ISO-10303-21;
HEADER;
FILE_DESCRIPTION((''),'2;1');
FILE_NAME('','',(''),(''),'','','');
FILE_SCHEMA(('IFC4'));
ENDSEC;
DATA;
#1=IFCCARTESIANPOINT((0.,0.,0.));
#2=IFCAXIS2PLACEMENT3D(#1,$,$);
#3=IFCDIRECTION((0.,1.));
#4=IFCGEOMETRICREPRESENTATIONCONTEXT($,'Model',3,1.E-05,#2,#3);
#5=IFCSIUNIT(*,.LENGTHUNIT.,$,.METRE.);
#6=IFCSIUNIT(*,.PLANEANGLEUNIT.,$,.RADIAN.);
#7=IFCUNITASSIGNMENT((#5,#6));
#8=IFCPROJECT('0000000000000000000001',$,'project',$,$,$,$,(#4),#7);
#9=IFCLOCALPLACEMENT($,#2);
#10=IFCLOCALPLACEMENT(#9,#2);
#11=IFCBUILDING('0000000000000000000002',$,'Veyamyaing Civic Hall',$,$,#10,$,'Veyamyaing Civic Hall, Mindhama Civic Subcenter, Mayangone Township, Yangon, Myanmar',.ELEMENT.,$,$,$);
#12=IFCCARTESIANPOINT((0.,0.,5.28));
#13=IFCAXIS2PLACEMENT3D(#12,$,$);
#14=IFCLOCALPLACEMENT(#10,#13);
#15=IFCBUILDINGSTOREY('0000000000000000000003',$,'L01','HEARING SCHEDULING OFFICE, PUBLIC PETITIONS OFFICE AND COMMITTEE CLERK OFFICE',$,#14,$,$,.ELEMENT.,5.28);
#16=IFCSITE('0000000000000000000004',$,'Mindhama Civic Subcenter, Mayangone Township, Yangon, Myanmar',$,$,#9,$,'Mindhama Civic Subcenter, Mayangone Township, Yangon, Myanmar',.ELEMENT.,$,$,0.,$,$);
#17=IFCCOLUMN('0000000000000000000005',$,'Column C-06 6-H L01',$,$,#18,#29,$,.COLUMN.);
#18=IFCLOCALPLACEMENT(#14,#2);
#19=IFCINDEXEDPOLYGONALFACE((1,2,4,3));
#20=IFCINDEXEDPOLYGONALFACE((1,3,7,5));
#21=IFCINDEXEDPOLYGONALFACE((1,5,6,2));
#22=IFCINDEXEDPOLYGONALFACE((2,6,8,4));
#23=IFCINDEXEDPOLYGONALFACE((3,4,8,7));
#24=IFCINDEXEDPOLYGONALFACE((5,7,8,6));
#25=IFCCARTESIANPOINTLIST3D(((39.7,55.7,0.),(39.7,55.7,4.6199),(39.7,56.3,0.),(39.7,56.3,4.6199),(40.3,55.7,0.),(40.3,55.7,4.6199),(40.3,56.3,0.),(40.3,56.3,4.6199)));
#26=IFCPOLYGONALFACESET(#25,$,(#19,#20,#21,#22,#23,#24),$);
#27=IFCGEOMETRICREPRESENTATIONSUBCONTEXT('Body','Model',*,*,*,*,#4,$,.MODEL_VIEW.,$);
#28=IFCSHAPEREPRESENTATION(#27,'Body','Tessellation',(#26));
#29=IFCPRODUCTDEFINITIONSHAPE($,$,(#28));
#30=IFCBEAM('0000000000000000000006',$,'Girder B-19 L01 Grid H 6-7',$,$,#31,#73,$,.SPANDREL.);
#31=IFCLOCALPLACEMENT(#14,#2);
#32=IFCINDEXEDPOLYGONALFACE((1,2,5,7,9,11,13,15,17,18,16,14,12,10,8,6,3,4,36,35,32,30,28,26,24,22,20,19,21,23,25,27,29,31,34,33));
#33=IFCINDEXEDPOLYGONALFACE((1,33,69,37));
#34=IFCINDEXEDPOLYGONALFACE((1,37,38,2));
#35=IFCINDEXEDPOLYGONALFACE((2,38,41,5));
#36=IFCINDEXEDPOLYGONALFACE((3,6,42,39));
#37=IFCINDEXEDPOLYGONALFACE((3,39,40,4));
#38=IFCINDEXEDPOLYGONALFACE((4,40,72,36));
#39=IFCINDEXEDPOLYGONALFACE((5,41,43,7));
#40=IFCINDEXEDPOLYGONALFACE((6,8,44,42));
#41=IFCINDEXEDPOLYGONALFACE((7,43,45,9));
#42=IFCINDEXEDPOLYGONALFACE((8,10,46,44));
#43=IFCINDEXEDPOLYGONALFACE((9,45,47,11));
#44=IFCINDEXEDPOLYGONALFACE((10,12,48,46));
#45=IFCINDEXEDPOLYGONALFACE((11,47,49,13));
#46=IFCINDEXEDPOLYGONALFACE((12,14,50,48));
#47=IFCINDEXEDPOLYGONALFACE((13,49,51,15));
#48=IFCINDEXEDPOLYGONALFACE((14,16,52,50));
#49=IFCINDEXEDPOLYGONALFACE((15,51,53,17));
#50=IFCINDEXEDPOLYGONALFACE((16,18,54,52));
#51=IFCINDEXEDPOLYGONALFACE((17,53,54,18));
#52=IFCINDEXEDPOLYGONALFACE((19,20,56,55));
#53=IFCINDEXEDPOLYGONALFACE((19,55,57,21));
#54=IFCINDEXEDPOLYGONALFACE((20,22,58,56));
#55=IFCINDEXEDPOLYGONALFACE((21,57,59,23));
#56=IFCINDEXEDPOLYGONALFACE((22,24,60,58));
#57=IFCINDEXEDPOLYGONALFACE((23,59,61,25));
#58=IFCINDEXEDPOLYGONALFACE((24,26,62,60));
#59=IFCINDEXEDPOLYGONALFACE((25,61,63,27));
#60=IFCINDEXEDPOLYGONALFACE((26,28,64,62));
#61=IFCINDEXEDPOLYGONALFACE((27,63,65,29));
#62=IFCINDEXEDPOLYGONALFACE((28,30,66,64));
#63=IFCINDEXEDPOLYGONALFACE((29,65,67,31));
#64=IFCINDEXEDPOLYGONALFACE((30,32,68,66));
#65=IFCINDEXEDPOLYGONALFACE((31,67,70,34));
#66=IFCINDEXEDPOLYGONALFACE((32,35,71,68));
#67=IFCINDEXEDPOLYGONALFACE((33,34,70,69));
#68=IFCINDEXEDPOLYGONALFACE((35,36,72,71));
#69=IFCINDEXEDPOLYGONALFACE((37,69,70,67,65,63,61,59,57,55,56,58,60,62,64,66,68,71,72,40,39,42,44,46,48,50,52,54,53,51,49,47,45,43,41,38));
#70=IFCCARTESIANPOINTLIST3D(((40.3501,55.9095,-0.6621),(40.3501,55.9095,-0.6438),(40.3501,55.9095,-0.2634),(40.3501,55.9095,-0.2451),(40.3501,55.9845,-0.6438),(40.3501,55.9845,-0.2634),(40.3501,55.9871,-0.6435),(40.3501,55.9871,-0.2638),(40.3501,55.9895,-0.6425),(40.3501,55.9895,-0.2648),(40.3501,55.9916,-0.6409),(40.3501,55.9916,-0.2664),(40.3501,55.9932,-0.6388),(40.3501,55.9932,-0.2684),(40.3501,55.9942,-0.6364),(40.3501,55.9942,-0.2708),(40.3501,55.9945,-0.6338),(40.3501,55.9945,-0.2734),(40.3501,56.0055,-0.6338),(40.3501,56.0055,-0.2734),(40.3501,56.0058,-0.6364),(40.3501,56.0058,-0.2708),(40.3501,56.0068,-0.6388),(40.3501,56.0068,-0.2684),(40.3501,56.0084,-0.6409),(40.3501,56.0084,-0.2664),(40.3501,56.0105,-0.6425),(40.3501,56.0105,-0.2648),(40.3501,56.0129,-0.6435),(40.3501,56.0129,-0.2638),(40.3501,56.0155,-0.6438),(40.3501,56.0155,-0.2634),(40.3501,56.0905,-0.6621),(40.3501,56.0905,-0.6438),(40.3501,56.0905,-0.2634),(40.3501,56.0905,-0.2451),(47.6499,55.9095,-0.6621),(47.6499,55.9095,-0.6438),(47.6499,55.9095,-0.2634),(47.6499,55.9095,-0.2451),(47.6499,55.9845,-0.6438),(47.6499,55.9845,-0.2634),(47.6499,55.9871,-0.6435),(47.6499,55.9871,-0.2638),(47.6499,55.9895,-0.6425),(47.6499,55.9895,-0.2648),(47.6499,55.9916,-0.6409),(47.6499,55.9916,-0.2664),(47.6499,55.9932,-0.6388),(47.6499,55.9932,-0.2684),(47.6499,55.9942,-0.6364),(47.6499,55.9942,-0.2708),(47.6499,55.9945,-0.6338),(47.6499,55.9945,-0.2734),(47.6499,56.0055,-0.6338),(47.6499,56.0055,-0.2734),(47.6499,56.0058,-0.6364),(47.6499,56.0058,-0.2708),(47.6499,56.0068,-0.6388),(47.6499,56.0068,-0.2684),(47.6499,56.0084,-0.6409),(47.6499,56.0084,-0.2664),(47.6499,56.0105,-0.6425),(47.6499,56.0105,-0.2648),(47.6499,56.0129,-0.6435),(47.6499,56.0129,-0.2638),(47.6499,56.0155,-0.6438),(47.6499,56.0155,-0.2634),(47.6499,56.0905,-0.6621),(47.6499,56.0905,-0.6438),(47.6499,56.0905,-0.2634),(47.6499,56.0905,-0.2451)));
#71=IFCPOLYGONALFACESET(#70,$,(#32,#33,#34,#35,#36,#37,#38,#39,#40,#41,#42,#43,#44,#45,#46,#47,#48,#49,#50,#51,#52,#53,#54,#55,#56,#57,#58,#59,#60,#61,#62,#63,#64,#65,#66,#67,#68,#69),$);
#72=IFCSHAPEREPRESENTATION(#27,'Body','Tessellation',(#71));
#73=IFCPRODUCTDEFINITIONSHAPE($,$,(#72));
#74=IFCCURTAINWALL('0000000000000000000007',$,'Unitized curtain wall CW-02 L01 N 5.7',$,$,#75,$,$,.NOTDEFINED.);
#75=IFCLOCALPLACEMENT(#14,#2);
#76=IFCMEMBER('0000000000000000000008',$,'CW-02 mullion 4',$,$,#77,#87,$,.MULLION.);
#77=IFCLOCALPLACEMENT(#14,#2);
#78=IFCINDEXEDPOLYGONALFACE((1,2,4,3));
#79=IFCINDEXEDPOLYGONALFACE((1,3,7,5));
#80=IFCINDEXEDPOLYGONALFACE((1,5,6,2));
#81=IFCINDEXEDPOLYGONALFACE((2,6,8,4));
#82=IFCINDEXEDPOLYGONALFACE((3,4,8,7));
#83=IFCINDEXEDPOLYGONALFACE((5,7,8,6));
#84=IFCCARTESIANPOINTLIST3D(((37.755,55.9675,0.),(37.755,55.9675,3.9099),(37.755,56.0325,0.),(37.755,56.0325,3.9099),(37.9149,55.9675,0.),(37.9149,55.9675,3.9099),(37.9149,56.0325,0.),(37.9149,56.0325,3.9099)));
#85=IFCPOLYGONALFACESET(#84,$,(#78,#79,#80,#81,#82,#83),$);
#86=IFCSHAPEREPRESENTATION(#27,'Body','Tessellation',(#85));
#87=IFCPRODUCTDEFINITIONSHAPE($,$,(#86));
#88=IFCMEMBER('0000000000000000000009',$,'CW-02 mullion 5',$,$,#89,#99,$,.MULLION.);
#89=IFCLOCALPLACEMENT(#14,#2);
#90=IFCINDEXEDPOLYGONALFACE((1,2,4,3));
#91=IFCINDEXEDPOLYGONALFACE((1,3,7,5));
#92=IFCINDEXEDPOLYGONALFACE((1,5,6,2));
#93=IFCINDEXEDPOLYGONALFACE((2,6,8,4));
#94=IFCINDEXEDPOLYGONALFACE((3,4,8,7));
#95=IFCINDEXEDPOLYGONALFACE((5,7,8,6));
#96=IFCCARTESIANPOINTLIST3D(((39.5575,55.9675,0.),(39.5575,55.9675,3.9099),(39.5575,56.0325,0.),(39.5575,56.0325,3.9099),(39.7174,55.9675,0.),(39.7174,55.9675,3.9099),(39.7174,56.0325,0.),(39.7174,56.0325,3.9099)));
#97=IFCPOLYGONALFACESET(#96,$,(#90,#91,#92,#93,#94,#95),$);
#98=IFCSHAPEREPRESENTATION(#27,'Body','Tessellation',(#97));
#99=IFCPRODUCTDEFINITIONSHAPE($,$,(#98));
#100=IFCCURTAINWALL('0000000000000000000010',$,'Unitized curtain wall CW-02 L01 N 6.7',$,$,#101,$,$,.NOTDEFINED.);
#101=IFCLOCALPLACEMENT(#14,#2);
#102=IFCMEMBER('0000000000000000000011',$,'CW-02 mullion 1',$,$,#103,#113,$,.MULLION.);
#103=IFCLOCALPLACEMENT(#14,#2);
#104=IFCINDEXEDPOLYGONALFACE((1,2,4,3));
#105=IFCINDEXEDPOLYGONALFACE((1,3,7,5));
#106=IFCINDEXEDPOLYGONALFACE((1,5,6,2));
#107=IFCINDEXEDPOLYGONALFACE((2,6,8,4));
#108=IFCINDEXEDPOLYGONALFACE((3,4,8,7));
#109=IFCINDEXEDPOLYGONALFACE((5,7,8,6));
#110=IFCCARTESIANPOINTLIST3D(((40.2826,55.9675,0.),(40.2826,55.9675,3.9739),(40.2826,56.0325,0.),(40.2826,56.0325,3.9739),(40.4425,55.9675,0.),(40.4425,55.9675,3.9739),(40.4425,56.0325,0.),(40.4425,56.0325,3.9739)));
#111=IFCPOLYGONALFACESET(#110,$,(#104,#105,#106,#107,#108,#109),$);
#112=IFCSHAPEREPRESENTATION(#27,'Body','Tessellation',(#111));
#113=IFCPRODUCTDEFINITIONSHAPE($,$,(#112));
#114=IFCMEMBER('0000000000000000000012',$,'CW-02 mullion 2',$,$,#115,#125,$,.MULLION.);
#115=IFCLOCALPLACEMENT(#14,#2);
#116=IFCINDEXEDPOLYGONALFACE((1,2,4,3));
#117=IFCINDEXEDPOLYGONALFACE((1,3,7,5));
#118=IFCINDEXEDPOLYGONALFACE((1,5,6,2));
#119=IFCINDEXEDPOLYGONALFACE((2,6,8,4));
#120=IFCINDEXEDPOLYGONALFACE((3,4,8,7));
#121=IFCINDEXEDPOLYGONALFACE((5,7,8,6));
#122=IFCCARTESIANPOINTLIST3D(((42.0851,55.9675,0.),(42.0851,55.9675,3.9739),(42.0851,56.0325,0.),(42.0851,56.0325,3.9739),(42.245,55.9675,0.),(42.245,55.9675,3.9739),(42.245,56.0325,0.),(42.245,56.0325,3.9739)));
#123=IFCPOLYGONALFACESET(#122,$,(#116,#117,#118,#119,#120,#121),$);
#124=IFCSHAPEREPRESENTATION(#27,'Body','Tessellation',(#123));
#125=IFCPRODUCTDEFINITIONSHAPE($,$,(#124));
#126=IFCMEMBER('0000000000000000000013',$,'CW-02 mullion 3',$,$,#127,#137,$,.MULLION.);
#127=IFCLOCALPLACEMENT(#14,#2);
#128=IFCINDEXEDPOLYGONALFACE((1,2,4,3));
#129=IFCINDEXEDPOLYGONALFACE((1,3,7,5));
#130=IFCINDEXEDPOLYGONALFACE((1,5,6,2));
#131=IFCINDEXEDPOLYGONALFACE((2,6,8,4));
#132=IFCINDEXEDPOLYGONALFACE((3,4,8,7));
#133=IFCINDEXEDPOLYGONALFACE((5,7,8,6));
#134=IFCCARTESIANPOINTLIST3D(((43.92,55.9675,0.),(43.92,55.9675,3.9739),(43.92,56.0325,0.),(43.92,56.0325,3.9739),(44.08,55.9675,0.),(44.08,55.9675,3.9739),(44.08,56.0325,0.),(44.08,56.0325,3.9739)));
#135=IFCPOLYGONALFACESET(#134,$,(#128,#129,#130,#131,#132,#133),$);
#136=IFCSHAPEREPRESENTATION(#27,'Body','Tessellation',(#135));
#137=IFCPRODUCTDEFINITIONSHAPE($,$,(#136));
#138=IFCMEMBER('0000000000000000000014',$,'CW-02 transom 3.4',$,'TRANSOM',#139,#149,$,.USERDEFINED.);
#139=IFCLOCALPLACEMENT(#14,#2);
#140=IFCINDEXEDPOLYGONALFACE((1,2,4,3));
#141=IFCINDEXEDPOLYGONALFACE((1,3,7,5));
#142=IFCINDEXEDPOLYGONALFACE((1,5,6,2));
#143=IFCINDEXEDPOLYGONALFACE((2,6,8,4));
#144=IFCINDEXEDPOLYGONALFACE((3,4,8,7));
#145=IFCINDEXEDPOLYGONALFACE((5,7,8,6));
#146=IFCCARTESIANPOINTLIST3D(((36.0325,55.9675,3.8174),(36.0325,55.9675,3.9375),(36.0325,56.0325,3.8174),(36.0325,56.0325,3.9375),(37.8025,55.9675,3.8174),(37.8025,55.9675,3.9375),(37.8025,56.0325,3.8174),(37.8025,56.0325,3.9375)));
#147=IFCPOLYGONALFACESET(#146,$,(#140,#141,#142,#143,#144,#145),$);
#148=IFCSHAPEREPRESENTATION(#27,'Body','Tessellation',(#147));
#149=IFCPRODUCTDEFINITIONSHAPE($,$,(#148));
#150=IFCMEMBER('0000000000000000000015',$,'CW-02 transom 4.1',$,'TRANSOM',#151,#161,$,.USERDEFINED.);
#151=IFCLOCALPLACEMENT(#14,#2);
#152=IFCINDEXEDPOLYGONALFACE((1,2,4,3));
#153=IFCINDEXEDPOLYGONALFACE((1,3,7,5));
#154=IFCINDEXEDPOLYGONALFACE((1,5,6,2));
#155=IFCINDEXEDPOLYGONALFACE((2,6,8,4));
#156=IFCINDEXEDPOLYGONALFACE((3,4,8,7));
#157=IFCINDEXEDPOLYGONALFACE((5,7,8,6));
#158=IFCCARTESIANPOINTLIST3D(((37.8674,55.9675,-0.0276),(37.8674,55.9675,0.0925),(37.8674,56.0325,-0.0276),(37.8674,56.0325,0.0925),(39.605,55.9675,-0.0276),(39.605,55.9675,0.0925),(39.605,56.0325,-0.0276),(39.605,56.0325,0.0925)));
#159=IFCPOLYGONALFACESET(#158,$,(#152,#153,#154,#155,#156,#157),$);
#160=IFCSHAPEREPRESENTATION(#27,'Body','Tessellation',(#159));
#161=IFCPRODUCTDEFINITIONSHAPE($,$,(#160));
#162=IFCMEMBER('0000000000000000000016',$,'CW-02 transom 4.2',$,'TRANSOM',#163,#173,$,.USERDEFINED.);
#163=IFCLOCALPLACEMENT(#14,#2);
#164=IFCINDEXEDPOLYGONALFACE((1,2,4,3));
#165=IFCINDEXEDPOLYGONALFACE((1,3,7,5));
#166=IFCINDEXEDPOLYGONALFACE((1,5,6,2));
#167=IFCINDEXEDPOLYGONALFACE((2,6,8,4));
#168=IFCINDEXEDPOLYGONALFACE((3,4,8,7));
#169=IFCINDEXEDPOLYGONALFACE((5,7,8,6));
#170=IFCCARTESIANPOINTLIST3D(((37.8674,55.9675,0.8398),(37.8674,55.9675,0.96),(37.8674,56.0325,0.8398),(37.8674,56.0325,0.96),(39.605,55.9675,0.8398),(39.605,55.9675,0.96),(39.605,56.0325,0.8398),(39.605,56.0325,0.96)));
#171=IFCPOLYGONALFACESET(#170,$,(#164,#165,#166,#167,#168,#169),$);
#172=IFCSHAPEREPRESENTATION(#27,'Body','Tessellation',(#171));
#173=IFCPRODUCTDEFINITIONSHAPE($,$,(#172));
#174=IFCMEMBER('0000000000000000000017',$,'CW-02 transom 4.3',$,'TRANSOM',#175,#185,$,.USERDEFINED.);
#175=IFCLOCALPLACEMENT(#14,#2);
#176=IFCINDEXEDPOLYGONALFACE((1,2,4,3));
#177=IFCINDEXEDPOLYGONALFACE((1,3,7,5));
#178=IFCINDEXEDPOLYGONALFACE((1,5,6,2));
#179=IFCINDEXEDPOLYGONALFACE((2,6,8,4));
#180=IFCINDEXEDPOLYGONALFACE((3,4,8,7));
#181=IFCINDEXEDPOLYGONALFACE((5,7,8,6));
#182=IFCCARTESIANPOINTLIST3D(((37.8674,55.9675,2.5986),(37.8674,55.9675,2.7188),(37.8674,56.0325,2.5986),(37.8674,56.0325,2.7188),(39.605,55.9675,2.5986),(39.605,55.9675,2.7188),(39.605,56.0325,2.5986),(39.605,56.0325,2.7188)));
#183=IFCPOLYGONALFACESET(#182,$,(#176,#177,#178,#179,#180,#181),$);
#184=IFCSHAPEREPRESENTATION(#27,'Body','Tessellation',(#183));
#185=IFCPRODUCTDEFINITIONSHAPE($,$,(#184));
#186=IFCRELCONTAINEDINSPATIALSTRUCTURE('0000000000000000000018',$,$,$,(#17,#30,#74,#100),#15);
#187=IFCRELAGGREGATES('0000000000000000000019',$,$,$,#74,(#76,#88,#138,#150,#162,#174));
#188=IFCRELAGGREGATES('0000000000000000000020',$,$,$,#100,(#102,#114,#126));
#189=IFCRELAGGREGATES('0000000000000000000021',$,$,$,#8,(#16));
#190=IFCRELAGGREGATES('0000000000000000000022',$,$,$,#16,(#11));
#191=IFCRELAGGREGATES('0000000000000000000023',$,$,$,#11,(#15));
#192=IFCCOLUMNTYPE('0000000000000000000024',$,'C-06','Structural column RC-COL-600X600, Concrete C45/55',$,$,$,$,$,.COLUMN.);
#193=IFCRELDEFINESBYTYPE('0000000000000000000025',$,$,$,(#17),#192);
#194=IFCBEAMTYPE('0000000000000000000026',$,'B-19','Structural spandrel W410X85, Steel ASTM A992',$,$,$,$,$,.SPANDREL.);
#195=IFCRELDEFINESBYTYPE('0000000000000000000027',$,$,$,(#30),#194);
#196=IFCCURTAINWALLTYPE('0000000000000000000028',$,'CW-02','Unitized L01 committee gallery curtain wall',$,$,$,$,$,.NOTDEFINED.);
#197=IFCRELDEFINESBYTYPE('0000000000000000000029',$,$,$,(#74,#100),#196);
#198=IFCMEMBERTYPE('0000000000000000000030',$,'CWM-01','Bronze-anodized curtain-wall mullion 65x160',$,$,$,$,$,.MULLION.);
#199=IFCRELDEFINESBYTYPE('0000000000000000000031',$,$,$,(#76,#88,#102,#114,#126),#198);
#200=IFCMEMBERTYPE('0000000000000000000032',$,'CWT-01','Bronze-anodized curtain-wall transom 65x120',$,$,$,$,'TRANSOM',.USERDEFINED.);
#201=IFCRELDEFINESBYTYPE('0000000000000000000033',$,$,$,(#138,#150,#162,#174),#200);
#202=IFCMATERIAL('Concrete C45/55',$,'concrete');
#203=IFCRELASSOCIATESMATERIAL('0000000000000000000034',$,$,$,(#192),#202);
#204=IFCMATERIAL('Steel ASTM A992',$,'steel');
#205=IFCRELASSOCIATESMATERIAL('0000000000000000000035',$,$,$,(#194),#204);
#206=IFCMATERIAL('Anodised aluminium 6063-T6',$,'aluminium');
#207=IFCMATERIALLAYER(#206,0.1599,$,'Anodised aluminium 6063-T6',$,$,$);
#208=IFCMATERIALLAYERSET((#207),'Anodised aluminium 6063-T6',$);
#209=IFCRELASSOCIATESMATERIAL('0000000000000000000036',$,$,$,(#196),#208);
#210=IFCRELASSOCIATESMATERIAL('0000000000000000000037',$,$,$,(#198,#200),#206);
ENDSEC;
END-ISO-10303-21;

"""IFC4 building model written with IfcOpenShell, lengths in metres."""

from ifc_helpers import new_model, si_unit, direction, frame, origin, origin_2d, place, context, subcontext, project, spatial, rectangle, i_section, extrude, material, layer, layer_set, material_profile, profile_set, type_object, element, aggregate, save


model = new_model("IFC4")

# Units and contexts
model_context = context("Model", 3, precision=1e-05, world=origin(), true_north=direction((0.0, 1.0)))
body_context = subcontext(model_context, "Body", "Model", "MODEL_VIEW")
ifc_project = project(units=[si_unit("LENGTHUNIT", "METRE"), si_unit("PLANEANGLEUNIT", "RADIAN")], contexts=[model_context])

# Site, building, storey
site_placement = place(None, origin())
site = spatial("IfcSite", under=ifc_project, at=site_placement, Name="Mindhama Civic Subcenter, Mayangone Township, Yangon, Myanmar", LongName="Mindhama Civic Subcenter, Mayangone Township, Yangon, Myanmar", CompositionType="ELEMENT", RefElevation=0.0)
building_placement = place(site_placement, origin())
building = spatial("IfcBuilding", under=site, at=building_placement, Name="Veyamyaing Civic Hall", LongName="Veyamyaing Civic Hall, Mindhama Civic Subcenter, Mayangone Township, Yangon, Myanmar", CompositionType="ELEMENT")
storey_placement = place(building_placement, frame((0.0, 0.0, 5.28)))
storey = spatial("IfcBuildingStorey", under=building, at=storey_placement, Name="L01", Description="HEARING SCHEDULING OFFICE, PUBLIC PETITIONS OFFICE AND COMMITTEE CLERK OFFICE", CompositionType="ELEMENT", Elevation=5.28)

# Column
ifc_material_1 = material(Name="Concrete C45/55", Category="concrete")
ifc_material_profile_1 = material_profile(ifc_material_1, rectangle(XDim=0.6001, YDim=0.6001, at=origin_2d()), Name="RC-COL-600X600")
ifc_profile_set_1 = profile_set([ifc_material_profile_1], Name="Concrete C45/55")
column_type = type_object("IfcColumnType", Name="C-06", Description="Structural column RC-COL-600X600, Concrete C45/55", PredefinedType="COLUMN", material=ifc_profile_set_1)
column_placement = place(storey_placement, frame((40.0, 56.0, 0.0), z_axis=(0.0, 0.0, 1.0), x_axis=(1.0, 0.0, 0.0)))
element("IfcColumn", 1, at=column_placement, inside=storey, type_object=column_type, Name="Column C-06 6-H L01", PredefinedType="COLUMN", context=body_context, shape_type="SweptSolid", body=[
    extrude(rectangle(XDim=0.6001, YDim=0.6001, at=origin_2d()), origin(), (0.0, 0.0, 1.0), 4.6199),
])

# Beam
ifc_material_2 = material(Name="Steel ASTM A992", Category="steel")
ifc_material_profile_2 = material_profile(ifc_material_2, i_section(OverallWidth=0.1809, OverallDepth=0.417, WebThickness=0.011, FlangeThickness=0.0183, FilletRadius=0.01, at=origin_2d()), Name="W410X85")
ifc_profile_set_2 = profile_set([ifc_material_profile_2], Name="Steel ASTM A992")
beam_type_1 = type_object("IfcBeamType", Name="B-19", Description="Structural spandrel W410X85, Steel ASTM A992", PredefinedType="SPANDREL", material=ifc_profile_set_2)
beam_1_placement = place(storey_placement, frame((40.3501, 56.0, -0.4536), z_axis=(1.0, 0.0, 0.0), x_axis=(0.0, 1.0, 0.0)))
element("IfcBeam", 2, at=beam_1_placement, inside=storey, type_object=beam_type_1, Name="Girder B-19 L01 Grid H 6-7", PredefinedType="SPANDREL", context=body_context, shape_type="SweptSolid", body=[
    extrude(i_section(OverallWidth=0.1809, OverallDepth=0.417, WebThickness=0.011, FlangeThickness=0.0183, FilletRadius=0.01, at=origin_2d()), origin(), (0.0, 0.0, 1.0), 7.2998),
])

# Curtain walls, members
ifc_material_3 = material(Name="Anodised aluminium 6063-T6", Category="aluminium")
ifc_layer_1 = layer(ifc_material_3, 0.1599, Name="Anodised aluminium 6063-T6")
ifc_layer_set_1 = layer_set([ifc_layer_1], Name="Anodised aluminium 6063-T6")
curtain_wall_type = type_object("IfcCurtainWallType", Name="CW-02", Description="Unitized L01 committee gallery curtain wall", PredefinedType="NOTDEFINED", material=ifc_layer_set_1)
curtain_wall_1_placement = place(storey_placement, origin())
curtain_wall_1 = element("IfcCurtainWall", 3, at=curtain_wall_1_placement, inside=storey, type_object=curtain_wall_type, Name="Unitized curtain wall CW-02 L01 N 5.7", PredefinedType="NOTDEFINED")
ifc_material_profile_3 = material_profile(ifc_material_3, rectangle(XDim=0.0649, YDim=0.1599, at=origin_2d()), Name="ALU-MUL-65X160")
ifc_profile_set_3 = profile_set([ifc_material_profile_3], Name="Anodised aluminium 6063-T6")
member_type_1 = type_object("IfcMemberType", Name="CWM-01", Description="Bronze-anodized curtain-wall mullion 65x160", PredefinedType="MULLION", material=ifc_profile_set_3)
member_1_placement = place(storey_placement, frame((37.835, 56.0, 0.0), z_axis=(0.0, 0.0, 1.0), x_axis=(0.0, 1.0, 0.0)))
member_1 = element("IfcMember", 4, at=member_1_placement, type_object=member_type_1, Name="CW-02 mullion 4", PredefinedType="MULLION", context=body_context, shape_type="SweptSolid", body=[
    extrude(rectangle(XDim=0.0649, YDim=0.1599, at=origin_2d()), origin(), (0.0, 0.0, 1.0), 3.9099),
])
member_2_placement = place(storey_placement, frame((39.6375, 56.0, 0.0), z_axis=(0.0, 0.0, 1.0), x_axis=(0.0, 1.0, 0.0)))
member_2 = element("IfcMember", 5, at=member_2_placement, type_object=member_type_1, Name="CW-02 mullion 5", PredefinedType="MULLION", context=body_context, shape_type="SweptSolid", body=[
    extrude(rectangle(XDim=0.0649, YDim=0.1599, at=origin_2d()), origin(), (0.0, 0.0, 1.0), 3.9099),
])
curtain_wall_2_placement = place(storey_placement, origin())
curtain_wall_2 = element("IfcCurtainWall", 6, at=curtain_wall_2_placement, inside=storey, type_object=curtain_wall_type, Name="Unitized curtain wall CW-02 L01 N 6.7", PredefinedType="NOTDEFINED")
member_3_placement = place(storey_placement, frame((40.3625, 56.0, 0.0), z_axis=(0.0, 0.0, 1.0), x_axis=(0.0, 1.0, 0.0)))
member_3 = element("IfcMember", 7, at=member_3_placement, type_object=member_type_1, Name="CW-02 mullion 1", PredefinedType="MULLION", context=body_context, shape_type="SweptSolid", body=[
    extrude(rectangle(XDim=0.0649, YDim=0.1599, at=origin_2d()), origin(), (0.0, 0.0, 1.0), 3.9739),
])
member_4_placement = place(storey_placement, frame((42.165, 56.0, 0.0), z_axis=(0.0, 0.0, 1.0), x_axis=(0.0, 1.0, 0.0)))
member_4 = element("IfcMember", 8, at=member_4_placement, type_object=member_type_1, Name="CW-02 mullion 2", PredefinedType="MULLION", context=body_context, shape_type="SweptSolid", body=[
    extrude(rectangle(XDim=0.0649, YDim=0.1599, at=origin_2d()), origin(), (0.0, 0.0, 1.0), 3.9739),
])
member_5_placement = place(storey_placement, frame((44.0, 56.0, 0.0), z_axis=(0.0, 0.0, 1.0), x_axis=(0.0, 1.0, 0.0)))
member_5 = element("IfcMember", 9, at=member_5_placement, type_object=member_type_1, Name="CW-02 mullion 3", PredefinedType="MULLION", context=body_context, shape_type="SweptSolid", body=[
    extrude(rectangle(XDim=0.0649, YDim=0.1599, at=origin_2d()), origin(), (0.0, 0.0, 1.0), 3.9739),
])

# Members
ifc_material_profile_4 = material_profile(ifc_material_3, rectangle(XDim=0.0649, YDim=0.1201, at=origin_2d()), Name="ALU-TRN-65X120")
ifc_profile_set_4 = profile_set([ifc_material_profile_4], Name="Anodised aluminium 6063-T6")
member_type_2 = type_object("IfcMemberType", Name="CWT-01", Description="Bronze-anodized curtain-wall transom 65x120", ElementType="TRANSOM", PredefinedType="USERDEFINED", material=ifc_profile_set_4)
member_6_placement = place(storey_placement, frame((36.0325, 56.0, 3.8774), z_axis=(1.0, 0.0, 0.0), x_axis=(0.0, 1.0, 0.0)))
member_6 = element("IfcMember", 10, at=member_6_placement, type_object=member_type_2, Name="CW-02 transom 3.4", ObjectType="TRANSOM", PredefinedType="USERDEFINED", context=body_context, shape_type="SweptSolid", body=[
    extrude(rectangle(XDim=0.0649, YDim=0.1201, at=origin_2d()), origin(), (0.0, 0.0, 1.0), 1.77),
])
member_7_placement = place(storey_placement, frame((37.8674, 56.0, 0.0325), z_axis=(1.0, 0.0, 0.0), x_axis=(0.0, 1.0, 0.0)))
member_7 = element("IfcMember", 11, at=member_7_placement, type_object=member_type_2, Name="CW-02 transom 4.1", ObjectType="TRANSOM", PredefinedType="USERDEFINED", context=body_context, shape_type="SweptSolid", body=[
    extrude(rectangle(XDim=0.0649, YDim=0.1201, at=origin_2d()), origin(), (0.0, 0.0, 1.0), 1.7375),
])
member_8_placement = place(storey_placement, frame((37.8674, 56.0, 0.8999), z_axis=(1.0, 0.0, 0.0), x_axis=(0.0, 1.0, 0.0)))
member_8 = element("IfcMember", 12, at=member_8_placement, type_object=member_type_2, Name="CW-02 transom 4.2", ObjectType="TRANSOM", PredefinedType="USERDEFINED", context=body_context, shape_type="SweptSolid", body=[
    extrude(rectangle(XDim=0.0649, YDim=0.1201, at=origin_2d()), origin(), (0.0, 0.0, 1.0), 1.7375),
])
member_9_placement = place(storey_placement, frame((37.8674, 56.0, 2.6587), z_axis=(1.0, 0.0, 0.0), x_axis=(0.0, 1.0, 0.0)))
member_9 = element("IfcMember", 13, at=member_9_placement, type_object=member_type_2, Name="CW-02 transom 4.3", ObjectType="TRANSOM", PredefinedType="USERDEFINED", context=body_context, shape_type="SweptSolid", body=[
    extrude(rectangle(XDim=0.0649, YDim=0.1201, at=origin_2d()), origin(), (0.0, 0.0, 1.0), 1.7375),
])

aggregate(curtain_wall_1, [member_1, member_2, member_6, member_7, member_8, member_9])
aggregate(curtain_wall_2, [member_3, member_4, member_5])

save(model, "model.ifc")
